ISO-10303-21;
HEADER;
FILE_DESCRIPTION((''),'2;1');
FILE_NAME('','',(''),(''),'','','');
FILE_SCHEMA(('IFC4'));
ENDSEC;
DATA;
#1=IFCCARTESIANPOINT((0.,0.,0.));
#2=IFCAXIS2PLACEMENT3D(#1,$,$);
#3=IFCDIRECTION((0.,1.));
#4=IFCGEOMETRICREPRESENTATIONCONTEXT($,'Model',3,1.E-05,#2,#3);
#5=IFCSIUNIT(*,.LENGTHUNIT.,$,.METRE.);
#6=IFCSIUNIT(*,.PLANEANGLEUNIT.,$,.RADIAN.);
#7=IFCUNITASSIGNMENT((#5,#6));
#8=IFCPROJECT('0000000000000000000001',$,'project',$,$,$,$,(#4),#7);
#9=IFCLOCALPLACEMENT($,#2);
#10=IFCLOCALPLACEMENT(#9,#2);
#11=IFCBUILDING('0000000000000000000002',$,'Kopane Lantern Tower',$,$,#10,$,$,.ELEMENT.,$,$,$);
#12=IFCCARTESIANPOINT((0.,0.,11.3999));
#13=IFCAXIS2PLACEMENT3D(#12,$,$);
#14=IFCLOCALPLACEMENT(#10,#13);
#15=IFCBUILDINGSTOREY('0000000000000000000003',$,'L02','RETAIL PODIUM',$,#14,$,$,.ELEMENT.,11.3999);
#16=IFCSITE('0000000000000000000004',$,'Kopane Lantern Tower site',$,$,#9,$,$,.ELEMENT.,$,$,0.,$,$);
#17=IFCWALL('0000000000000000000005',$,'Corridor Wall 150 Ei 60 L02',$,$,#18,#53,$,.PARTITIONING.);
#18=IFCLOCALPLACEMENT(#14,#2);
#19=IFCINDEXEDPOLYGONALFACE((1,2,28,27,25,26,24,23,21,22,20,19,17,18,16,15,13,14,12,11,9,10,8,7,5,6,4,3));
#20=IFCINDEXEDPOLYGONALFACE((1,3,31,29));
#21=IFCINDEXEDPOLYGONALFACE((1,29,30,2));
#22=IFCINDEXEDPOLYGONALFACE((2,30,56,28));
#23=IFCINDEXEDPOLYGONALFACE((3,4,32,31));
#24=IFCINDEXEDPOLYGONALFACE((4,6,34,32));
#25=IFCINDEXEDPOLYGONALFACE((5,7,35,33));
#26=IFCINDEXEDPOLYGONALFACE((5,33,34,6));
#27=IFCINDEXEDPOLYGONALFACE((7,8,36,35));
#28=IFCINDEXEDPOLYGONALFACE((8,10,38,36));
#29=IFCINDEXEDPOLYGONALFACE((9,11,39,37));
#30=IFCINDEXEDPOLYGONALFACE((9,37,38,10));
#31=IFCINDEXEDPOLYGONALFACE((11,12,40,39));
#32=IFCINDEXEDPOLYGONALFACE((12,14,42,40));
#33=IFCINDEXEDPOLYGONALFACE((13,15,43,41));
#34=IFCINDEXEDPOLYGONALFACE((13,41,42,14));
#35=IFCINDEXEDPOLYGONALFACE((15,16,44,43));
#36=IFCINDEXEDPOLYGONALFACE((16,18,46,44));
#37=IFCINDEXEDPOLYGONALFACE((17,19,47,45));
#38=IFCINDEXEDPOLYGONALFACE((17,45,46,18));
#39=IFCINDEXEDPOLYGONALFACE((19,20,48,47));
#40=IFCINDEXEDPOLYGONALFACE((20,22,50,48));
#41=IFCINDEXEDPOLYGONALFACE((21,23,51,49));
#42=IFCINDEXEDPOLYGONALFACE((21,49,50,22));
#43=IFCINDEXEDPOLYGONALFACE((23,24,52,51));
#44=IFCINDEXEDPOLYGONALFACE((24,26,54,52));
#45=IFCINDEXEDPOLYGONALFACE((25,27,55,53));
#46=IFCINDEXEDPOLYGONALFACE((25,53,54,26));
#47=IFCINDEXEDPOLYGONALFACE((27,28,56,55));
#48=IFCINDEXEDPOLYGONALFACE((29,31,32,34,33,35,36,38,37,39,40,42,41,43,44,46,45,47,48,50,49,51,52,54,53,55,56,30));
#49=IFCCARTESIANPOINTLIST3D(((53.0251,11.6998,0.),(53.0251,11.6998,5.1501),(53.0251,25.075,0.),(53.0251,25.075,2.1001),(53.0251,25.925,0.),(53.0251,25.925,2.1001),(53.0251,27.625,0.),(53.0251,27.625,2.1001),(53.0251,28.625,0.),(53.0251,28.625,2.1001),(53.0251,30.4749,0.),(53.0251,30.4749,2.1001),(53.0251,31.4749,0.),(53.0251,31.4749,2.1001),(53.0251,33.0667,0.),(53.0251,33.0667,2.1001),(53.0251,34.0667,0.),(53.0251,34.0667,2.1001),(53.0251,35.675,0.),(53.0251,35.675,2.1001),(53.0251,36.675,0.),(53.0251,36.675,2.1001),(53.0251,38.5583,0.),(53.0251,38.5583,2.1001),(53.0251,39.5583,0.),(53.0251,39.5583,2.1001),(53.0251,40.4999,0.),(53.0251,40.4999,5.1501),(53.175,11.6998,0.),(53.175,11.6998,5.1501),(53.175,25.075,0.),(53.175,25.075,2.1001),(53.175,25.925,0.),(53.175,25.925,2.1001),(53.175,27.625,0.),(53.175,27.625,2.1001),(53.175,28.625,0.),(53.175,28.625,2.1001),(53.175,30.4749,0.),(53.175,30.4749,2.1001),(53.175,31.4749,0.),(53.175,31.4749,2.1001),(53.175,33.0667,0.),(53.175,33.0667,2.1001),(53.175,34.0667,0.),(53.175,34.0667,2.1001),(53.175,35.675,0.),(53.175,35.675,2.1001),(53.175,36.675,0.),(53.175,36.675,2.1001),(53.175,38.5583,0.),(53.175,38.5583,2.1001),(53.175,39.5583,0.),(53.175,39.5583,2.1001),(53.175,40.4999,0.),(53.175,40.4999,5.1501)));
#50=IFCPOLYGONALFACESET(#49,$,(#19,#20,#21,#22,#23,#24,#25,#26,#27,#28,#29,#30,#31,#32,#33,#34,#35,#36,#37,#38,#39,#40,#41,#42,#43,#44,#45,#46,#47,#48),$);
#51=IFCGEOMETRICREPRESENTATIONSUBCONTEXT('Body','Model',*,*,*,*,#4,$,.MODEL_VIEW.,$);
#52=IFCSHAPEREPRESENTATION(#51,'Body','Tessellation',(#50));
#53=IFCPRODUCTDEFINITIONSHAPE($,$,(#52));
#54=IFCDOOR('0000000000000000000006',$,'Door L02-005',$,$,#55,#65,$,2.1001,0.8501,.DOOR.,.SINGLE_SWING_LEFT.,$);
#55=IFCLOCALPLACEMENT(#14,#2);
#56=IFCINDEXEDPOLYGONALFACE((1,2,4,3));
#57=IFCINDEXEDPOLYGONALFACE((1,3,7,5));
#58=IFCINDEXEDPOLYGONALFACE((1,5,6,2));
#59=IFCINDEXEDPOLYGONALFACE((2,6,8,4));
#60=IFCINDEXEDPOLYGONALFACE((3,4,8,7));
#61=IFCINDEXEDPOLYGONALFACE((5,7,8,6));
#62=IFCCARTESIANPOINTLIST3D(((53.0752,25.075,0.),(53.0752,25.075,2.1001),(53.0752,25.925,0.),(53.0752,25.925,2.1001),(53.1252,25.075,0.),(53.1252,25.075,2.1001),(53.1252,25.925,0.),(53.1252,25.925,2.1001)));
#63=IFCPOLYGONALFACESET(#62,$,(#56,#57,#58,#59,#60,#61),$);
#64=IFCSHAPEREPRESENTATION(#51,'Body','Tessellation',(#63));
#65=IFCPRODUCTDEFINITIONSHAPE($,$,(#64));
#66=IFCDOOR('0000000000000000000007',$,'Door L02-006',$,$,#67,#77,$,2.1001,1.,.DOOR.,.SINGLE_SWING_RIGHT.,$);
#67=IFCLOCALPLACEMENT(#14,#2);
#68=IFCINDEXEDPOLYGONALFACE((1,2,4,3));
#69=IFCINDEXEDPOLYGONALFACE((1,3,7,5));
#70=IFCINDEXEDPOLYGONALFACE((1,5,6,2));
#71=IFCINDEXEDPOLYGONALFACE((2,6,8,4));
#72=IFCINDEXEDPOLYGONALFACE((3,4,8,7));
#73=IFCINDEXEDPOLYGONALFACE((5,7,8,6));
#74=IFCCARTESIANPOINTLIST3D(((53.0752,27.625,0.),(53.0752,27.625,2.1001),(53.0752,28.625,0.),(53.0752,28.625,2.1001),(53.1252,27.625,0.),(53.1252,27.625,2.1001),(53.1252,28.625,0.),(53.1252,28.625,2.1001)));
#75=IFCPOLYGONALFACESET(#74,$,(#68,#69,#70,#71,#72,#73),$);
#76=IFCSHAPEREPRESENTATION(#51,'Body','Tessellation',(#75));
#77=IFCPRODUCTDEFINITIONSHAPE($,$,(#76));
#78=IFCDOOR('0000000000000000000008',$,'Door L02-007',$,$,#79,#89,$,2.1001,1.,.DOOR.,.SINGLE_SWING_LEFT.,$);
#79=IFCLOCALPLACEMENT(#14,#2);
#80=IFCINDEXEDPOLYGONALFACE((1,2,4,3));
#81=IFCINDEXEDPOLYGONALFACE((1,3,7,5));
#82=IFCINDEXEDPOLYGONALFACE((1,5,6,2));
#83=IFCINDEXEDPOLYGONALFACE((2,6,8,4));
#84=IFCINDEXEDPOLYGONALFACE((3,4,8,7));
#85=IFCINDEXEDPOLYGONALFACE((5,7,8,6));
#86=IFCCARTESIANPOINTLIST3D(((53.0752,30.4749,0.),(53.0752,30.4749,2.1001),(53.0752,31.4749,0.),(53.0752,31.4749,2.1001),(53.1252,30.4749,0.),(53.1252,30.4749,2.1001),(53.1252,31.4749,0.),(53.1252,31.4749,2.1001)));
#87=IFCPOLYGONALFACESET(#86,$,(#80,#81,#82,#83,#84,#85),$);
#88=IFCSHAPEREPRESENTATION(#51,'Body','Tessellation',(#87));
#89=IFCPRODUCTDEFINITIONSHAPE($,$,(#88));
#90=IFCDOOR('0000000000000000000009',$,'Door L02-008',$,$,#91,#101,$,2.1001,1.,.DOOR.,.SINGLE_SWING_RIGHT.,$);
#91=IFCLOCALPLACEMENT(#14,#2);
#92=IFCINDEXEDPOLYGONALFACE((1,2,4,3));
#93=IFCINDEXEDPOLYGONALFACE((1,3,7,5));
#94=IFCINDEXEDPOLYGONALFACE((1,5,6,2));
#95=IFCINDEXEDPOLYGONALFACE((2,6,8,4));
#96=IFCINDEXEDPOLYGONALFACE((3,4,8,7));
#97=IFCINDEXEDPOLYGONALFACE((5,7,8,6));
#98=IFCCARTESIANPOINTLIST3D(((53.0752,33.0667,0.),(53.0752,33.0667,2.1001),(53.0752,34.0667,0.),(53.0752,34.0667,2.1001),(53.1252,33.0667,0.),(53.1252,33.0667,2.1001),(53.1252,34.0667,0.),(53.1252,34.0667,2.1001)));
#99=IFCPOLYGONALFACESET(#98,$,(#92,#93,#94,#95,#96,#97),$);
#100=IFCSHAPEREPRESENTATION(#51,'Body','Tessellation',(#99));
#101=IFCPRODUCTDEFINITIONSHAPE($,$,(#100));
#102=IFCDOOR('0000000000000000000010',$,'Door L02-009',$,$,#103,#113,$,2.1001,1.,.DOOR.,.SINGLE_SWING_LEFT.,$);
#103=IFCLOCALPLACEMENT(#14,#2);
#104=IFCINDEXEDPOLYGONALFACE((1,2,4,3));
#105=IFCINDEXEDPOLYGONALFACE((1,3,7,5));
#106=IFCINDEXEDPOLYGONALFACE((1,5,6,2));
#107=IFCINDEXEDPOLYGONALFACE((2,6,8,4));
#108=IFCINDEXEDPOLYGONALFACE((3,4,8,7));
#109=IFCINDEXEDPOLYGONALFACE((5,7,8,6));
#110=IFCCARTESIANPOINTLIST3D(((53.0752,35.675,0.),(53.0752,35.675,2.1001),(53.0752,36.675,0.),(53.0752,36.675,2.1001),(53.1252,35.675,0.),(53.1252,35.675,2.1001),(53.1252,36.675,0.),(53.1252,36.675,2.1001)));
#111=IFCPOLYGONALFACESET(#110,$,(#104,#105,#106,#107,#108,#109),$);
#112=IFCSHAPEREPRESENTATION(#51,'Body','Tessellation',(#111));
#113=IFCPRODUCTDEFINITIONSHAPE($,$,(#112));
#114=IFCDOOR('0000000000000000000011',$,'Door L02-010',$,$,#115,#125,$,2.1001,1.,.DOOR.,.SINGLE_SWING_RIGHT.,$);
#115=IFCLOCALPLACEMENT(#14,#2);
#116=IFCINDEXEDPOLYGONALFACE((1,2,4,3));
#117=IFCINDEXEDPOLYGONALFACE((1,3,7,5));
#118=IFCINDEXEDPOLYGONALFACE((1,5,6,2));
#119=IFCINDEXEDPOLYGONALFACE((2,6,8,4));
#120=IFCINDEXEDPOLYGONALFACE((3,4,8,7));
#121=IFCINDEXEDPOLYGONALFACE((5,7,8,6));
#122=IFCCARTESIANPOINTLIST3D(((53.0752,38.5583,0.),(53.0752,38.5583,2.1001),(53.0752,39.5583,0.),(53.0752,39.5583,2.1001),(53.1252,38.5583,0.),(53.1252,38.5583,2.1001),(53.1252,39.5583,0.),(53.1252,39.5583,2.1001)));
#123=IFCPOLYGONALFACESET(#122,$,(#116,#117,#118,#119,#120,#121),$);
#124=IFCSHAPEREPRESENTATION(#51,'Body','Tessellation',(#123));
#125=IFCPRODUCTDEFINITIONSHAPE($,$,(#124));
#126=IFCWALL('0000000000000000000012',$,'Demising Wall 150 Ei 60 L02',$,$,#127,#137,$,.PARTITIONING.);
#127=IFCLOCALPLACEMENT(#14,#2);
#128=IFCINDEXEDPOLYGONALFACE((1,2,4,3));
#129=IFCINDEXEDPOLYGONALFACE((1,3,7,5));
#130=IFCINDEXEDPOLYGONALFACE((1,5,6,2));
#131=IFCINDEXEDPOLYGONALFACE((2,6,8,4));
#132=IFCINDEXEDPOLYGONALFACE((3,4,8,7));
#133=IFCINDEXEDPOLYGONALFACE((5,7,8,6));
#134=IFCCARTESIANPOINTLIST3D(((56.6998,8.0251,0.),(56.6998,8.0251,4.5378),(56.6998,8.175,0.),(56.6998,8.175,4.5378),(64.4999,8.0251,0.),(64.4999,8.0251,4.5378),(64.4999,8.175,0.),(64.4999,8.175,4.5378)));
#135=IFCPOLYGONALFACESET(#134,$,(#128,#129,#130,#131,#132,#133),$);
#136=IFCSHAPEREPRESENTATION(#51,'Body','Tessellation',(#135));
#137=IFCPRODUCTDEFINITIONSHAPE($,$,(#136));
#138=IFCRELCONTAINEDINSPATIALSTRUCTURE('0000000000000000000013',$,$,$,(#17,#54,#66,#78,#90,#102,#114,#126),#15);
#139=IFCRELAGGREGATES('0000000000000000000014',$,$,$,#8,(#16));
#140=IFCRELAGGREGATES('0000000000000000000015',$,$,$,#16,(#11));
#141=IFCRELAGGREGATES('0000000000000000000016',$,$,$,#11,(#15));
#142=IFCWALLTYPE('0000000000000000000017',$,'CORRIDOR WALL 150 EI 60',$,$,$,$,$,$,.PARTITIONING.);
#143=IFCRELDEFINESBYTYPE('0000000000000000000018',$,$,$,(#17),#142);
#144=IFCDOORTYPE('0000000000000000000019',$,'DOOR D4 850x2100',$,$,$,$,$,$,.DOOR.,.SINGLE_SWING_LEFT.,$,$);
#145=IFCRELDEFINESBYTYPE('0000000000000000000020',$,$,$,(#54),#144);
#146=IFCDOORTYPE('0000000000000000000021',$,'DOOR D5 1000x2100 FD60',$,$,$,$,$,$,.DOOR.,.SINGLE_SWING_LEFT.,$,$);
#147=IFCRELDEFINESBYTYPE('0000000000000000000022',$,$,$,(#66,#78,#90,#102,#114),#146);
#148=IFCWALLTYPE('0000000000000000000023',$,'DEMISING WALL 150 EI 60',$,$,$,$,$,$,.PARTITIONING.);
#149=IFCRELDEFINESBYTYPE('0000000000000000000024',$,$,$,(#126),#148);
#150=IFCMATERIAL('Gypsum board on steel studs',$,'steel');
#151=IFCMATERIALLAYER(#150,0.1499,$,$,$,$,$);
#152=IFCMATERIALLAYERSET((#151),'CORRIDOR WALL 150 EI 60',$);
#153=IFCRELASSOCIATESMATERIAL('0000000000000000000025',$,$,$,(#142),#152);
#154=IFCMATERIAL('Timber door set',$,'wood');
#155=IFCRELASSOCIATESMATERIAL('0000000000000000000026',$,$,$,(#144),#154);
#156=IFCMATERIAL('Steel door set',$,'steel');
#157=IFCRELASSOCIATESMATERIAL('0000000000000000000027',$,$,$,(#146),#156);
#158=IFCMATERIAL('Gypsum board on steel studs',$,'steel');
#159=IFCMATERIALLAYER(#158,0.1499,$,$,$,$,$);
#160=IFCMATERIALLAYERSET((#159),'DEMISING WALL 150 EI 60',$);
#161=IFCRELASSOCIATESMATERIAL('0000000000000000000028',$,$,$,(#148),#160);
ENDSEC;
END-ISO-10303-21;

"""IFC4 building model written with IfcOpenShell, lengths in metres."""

from ifc_helpers import new_model, si_unit, direction, frame, frame_2d, origin, place, context, subcontext, project, spatial, rectangle, extrude, material, layer, layer_set, type_object, element, fill, save


model = new_model("IFC4")

# Units and contexts
model_context = context("Model", 3, precision=1e-05, world=origin(), true_north=direction((0.0, 1.0)))
body_context = subcontext(model_context, "Body", "Model", "MODEL_VIEW")
ifc_project = project(units=[si_unit("LENGTHUNIT", "METRE"), si_unit("PLANEANGLEUNIT", "RADIAN")], contexts=[model_context])

# Site, building, storey
site_placement = place(None, origin())
site = spatial("IfcSite", under=ifc_project, at=site_placement, Name="Kopane Lantern Tower site", CompositionType="ELEMENT", RefElevation=0.0)
building_placement = place(site_placement, origin())
building = spatial("IfcBuilding", under=site, at=building_placement, Name="Kopane Lantern Tower", CompositionType="ELEMENT")
storey_placement = place(building_placement, frame((0.0, 0.0, 11.3999)))
storey = spatial("IfcBuildingStorey", under=building, at=storey_placement, Name="L02", Description="RETAIL PODIUM", CompositionType="ELEMENT", Elevation=11.3999)

# Wall, openings, doors
ifc_material_1 = material(Name="Gypsum board on steel studs", Category="steel")
ifc_layer_1 = layer(ifc_material_1, 0.1499)
ifc_layer_set_1 = layer_set([ifc_layer_1], Name="CORRIDOR WALL 150 EI 60")
wall_type_1 = type_object("IfcWallType", Name="CORRIDOR WALL 150 EI 60", PredefinedType="PARTITIONING", material=ifc_layer_set_1)
wall_1_placement = place(storey_placement, frame((53.1001, 11.7, 0.0), z_axis=(0.0, 0.0, 1.0), x_axis=(0.0, 1.0, 0.0)))
wall_1 = element("IfcWall", 1, at=wall_1_placement, inside=storey, type_object=wall_type_1, Name="Corridor Wall 150 Ei 60 L02", PredefinedType="PARTITIONING", context=body_context, shape_type="SweptSolid", body=[
    extrude(rectangle(XDim=28.8, YDim=0.1499, at=frame_2d((14.3999, 0.0))), origin(), (0.0, 0.0, 1.0), 5.1501),
])
opening_1_placement = place(wall_1_placement, frame((13.375, 0.0, 0.0)))
opening_1 = element("IfcOpeningElement", 2, at=opening_1_placement, cuts=wall_1, PredefinedType="OPENING", context=body_context, shape_type="SweptSolid", body=[
    extrude(rectangle(XDim=0.8501, YDim=2.1001, at=frame_2d((0.425, 1.05))), frame((0.0, 0.085, 0.0), z_axis=(0.0, -1.0, 0.0), x_axis=(1.0, 0.0, 0.0)), (0.0, 0.0, 1.0), 0.1699),
])
opening_2_placement = place(wall_1_placement, frame((15.925, 0.0, 0.0)))
opening_2 = element("IfcOpeningElement", 3, at=opening_2_placement, cuts=wall_1, PredefinedType="OPENING", context=body_context, shape_type="SweptSolid", body=[
    extrude(rectangle(XDim=1.0, YDim=2.1001, at=frame_2d((0.5, 1.05))), frame((0.0, 0.085, 0.0), z_axis=(0.0, -1.0, 0.0), x_axis=(1.0, 0.0, 0.0)), (0.0, 0.0, 1.0), 0.1699),
])
opening_3_placement = place(wall_1_placement, frame((18.7749, 0.0, 0.0)))
opening_3 = element("IfcOpeningElement", 4, at=opening_3_placement, cuts=wall_1, PredefinedType="OPENING", context=body_context, shape_type="SweptSolid", body=[
    extrude(rectangle(XDim=1.0, YDim=2.1001, at=frame_2d((0.5, 1.05))), frame((0.0, 0.085, 0.0), z_axis=(0.0, -1.0, 0.0), x_axis=(1.0, 0.0, 0.0)), (0.0, 0.0, 1.0), 0.1699),
])
opening_4_placement = place(wall_1_placement, frame((21.3667, 0.0, 0.0)))
opening_4 = element("IfcOpeningElement", 5, at=opening_4_placement, cuts=wall_1, PredefinedType="OPENING", context=body_context, shape_type="SweptSolid", body=[
    extrude(rectangle(XDim=1.0, YDim=2.1001, at=frame_2d((0.5, 1.05))), frame((0.0, 0.085, 0.0), z_axis=(0.0, -1.0, 0.0), x_axis=(1.0, 0.0, 0.0)), (0.0, 0.0, 1.0), 0.1699),
])
opening_5_placement = place(wall_1_placement, frame((23.9751, 0.0, 0.0)))
opening_5 = element("IfcOpeningElement", 6, at=opening_5_placement, cuts=wall_1, PredefinedType="OPENING", context=body_context, shape_type="SweptSolid", body=[
    extrude(rectangle(XDim=1.0, YDim=2.1001, at=frame_2d((0.5, 1.05))), frame((0.0, 0.085, 0.0), z_axis=(0.0, -1.0, 0.0), x_axis=(1.0, 0.0, 0.0)), (0.0, 0.0, 1.0), 0.1699),
])
opening_6_placement = place(wall_1_placement, frame((26.8584, 0.0, 0.0)))
opening_6 = element("IfcOpeningElement", 7, at=opening_6_placement, cuts=wall_1, PredefinedType="OPENING", context=body_context, shape_type="SweptSolid", body=[
    extrude(rectangle(XDim=1.0, YDim=2.1001, at=frame_2d((0.5, 1.05))), frame((0.0, 0.085, 0.0), z_axis=(0.0, -1.0, 0.0), x_axis=(1.0, 0.0, 0.0)), (0.0, 0.0, 1.0), 0.1699),
])
ifc_material_2 = material(Name="Timber door set", Category="wood")
door_type_1 = type_object("IfcDoorType", Name="DOOR D4 850x2100", OperationType="SINGLE_SWING_LEFT", PredefinedType="DOOR", material=ifc_material_2)
door_1_placement = place(opening_1_placement, origin())
door_1 = element("IfcDoor", 8, at=door_1_placement, inside=storey, type_object=door_type_1, Name="Door L02-005", OperationType="SINGLE_SWING_LEFT", OverallHeight=2.1001, OverallWidth=0.8501, PredefinedType="DOOR", context=body_context, shape_type="SweptSolid", body=[
    extrude(rectangle(XDim=0.8501, YDim=2.1001, at=frame_2d((0.425, 1.05))), frame((0.0, 0.0249, 0.0), z_axis=(0.0, -1.0, 0.0), x_axis=(1.0, 0.0, 0.0)), (0.0, 0.0, 1.0), 0.05),
])
fill(opening_1, door_1)
ifc_material_3 = material(Name="Steel door set", Category="steel")
door_type_2 = type_object("IfcDoorType", Name="DOOR D5 1000x2100 FD60", OperationType="SINGLE_SWING_LEFT", PredefinedType="DOOR", material=ifc_material_3)
door_2_placement = place(opening_2_placement, origin())
door_2 = element("IfcDoor", 9, at=door_2_placement, inside=storey, type_object=door_type_2, Name="Door L02-006", OperationType="SINGLE_SWING_RIGHT", OverallHeight=2.1001, OverallWidth=1.0, PredefinedType="DOOR", context=body_context, shape_type="SweptSolid", body=[
    extrude(rectangle(XDim=1.0, YDim=2.1001, at=frame_2d((0.5, 1.05))), frame((0.0, 0.0249, 0.0), z_axis=(0.0, -1.0, 0.0), x_axis=(1.0, 0.0, 0.0)), (0.0, 0.0, 1.0), 0.05),
])
fill(opening_2, door_2)
door_3_placement = place(opening_3_placement, origin())
door_3 = element("IfcDoor", 10, at=door_3_placement, inside=storey, type_object=door_type_2, Name="Door L02-007", OperationType="SINGLE_SWING_LEFT", OverallHeight=2.1001, OverallWidth=1.0, PredefinedType="DOOR", context=body_context, shape_type="SweptSolid", body=[
    extrude(rectangle(XDim=1.0, YDim=2.1001, at=frame_2d((0.5, 1.05))), frame((0.0, 0.0249, 0.0), z_axis=(0.0, -1.0, 0.0), x_axis=(1.0, 0.0, 0.0)), (0.0, 0.0, 1.0), 0.05),
])
fill(opening_3, door_3)
door_4_placement = place(opening_4_placement, origin())
door_4 = element("IfcDoor", 11, at=door_4_placement, inside=storey, type_object=door_type_2, Name="Door L02-008", OperationType="SINGLE_SWING_RIGHT", OverallHeight=2.1001, OverallWidth=1.0, PredefinedType="DOOR", context=body_context, shape_type="SweptSolid", body=[
    extrude(rectangle(XDim=1.0, YDim=2.1001, at=frame_2d((0.5, 1.05))), frame((0.0, 0.0249, 0.0), z_axis=(0.0, -1.0, 0.0), x_axis=(1.0, 0.0, 0.0)), (0.0, 0.0, 1.0), 0.05),
])
fill(opening_4, door_4)
door_5_placement = place(opening_5_placement, origin())
door_5 = element("IfcDoor", 12, at=door_5_placement, inside=storey, type_object=door_type_2, Name="Door L02-009", OperationType="SINGLE_SWING_LEFT", OverallHeight=2.1001, OverallWidth=1.0, PredefinedType="DOOR", context=body_context, shape_type="SweptSolid", body=[
    extrude(rectangle(XDim=1.0, YDim=2.1001, at=frame_2d((0.5, 1.05))), frame((0.0, 0.0249, 0.0), z_axis=(0.0, -1.0, 0.0), x_axis=(1.0, 0.0, 0.0)), (0.0, 0.0, 1.0), 0.05),
])
fill(opening_5, door_5)
door_6_placement = place(opening_6_placement, origin())
door_6 = element("IfcDoor", 13, at=door_6_placement, inside=storey, type_object=door_type_2, Name="Door L02-010", OperationType="SINGLE_SWING_RIGHT", OverallHeight=2.1001, OverallWidth=1.0, PredefinedType="DOOR", context=body_context, shape_type="SweptSolid", body=[
    extrude(rectangle(XDim=1.0, YDim=2.1001, at=frame_2d((0.5, 1.05))), frame((0.0, 0.0249, 0.0), z_axis=(0.0, -1.0, 0.0), x_axis=(1.0, 0.0, 0.0)), (0.0, 0.0, 1.0), 0.05),
])
fill(opening_6, door_6)

# Wall
ifc_material_4 = material(Name="Gypsum board on steel studs", Category="steel")
ifc_layer_2 = layer(ifc_material_4, 0.1499)
ifc_layer_set_2 = layer_set([ifc_layer_2], Name="DEMISING WALL 150 EI 60")
wall_type_2 = type_object("IfcWallType", Name="DEMISING WALL 150 EI 60", PredefinedType="PARTITIONING", material=ifc_layer_set_2)
wall_2_placement = place(storey_placement, frame((56.7, 8.1001, 0.0), z_axis=(0.0, 0.0, 1.0), x_axis=(1.0, 0.0, 0.0)))
element("IfcWall", 14, at=wall_2_placement, inside=storey, type_object=wall_type_2, Name="Demising Wall 150 Ei 60 L02", PredefinedType="PARTITIONING", context=body_context, shape_type="SweptSolid", body=[
    extrude(rectangle(XDim=7.8, YDim=0.1499, at=frame_2d((3.8999, 0.0))), origin(), (0.0, 0.0, 1.0), 4.5378),
])

save(model, "model.ifc")
